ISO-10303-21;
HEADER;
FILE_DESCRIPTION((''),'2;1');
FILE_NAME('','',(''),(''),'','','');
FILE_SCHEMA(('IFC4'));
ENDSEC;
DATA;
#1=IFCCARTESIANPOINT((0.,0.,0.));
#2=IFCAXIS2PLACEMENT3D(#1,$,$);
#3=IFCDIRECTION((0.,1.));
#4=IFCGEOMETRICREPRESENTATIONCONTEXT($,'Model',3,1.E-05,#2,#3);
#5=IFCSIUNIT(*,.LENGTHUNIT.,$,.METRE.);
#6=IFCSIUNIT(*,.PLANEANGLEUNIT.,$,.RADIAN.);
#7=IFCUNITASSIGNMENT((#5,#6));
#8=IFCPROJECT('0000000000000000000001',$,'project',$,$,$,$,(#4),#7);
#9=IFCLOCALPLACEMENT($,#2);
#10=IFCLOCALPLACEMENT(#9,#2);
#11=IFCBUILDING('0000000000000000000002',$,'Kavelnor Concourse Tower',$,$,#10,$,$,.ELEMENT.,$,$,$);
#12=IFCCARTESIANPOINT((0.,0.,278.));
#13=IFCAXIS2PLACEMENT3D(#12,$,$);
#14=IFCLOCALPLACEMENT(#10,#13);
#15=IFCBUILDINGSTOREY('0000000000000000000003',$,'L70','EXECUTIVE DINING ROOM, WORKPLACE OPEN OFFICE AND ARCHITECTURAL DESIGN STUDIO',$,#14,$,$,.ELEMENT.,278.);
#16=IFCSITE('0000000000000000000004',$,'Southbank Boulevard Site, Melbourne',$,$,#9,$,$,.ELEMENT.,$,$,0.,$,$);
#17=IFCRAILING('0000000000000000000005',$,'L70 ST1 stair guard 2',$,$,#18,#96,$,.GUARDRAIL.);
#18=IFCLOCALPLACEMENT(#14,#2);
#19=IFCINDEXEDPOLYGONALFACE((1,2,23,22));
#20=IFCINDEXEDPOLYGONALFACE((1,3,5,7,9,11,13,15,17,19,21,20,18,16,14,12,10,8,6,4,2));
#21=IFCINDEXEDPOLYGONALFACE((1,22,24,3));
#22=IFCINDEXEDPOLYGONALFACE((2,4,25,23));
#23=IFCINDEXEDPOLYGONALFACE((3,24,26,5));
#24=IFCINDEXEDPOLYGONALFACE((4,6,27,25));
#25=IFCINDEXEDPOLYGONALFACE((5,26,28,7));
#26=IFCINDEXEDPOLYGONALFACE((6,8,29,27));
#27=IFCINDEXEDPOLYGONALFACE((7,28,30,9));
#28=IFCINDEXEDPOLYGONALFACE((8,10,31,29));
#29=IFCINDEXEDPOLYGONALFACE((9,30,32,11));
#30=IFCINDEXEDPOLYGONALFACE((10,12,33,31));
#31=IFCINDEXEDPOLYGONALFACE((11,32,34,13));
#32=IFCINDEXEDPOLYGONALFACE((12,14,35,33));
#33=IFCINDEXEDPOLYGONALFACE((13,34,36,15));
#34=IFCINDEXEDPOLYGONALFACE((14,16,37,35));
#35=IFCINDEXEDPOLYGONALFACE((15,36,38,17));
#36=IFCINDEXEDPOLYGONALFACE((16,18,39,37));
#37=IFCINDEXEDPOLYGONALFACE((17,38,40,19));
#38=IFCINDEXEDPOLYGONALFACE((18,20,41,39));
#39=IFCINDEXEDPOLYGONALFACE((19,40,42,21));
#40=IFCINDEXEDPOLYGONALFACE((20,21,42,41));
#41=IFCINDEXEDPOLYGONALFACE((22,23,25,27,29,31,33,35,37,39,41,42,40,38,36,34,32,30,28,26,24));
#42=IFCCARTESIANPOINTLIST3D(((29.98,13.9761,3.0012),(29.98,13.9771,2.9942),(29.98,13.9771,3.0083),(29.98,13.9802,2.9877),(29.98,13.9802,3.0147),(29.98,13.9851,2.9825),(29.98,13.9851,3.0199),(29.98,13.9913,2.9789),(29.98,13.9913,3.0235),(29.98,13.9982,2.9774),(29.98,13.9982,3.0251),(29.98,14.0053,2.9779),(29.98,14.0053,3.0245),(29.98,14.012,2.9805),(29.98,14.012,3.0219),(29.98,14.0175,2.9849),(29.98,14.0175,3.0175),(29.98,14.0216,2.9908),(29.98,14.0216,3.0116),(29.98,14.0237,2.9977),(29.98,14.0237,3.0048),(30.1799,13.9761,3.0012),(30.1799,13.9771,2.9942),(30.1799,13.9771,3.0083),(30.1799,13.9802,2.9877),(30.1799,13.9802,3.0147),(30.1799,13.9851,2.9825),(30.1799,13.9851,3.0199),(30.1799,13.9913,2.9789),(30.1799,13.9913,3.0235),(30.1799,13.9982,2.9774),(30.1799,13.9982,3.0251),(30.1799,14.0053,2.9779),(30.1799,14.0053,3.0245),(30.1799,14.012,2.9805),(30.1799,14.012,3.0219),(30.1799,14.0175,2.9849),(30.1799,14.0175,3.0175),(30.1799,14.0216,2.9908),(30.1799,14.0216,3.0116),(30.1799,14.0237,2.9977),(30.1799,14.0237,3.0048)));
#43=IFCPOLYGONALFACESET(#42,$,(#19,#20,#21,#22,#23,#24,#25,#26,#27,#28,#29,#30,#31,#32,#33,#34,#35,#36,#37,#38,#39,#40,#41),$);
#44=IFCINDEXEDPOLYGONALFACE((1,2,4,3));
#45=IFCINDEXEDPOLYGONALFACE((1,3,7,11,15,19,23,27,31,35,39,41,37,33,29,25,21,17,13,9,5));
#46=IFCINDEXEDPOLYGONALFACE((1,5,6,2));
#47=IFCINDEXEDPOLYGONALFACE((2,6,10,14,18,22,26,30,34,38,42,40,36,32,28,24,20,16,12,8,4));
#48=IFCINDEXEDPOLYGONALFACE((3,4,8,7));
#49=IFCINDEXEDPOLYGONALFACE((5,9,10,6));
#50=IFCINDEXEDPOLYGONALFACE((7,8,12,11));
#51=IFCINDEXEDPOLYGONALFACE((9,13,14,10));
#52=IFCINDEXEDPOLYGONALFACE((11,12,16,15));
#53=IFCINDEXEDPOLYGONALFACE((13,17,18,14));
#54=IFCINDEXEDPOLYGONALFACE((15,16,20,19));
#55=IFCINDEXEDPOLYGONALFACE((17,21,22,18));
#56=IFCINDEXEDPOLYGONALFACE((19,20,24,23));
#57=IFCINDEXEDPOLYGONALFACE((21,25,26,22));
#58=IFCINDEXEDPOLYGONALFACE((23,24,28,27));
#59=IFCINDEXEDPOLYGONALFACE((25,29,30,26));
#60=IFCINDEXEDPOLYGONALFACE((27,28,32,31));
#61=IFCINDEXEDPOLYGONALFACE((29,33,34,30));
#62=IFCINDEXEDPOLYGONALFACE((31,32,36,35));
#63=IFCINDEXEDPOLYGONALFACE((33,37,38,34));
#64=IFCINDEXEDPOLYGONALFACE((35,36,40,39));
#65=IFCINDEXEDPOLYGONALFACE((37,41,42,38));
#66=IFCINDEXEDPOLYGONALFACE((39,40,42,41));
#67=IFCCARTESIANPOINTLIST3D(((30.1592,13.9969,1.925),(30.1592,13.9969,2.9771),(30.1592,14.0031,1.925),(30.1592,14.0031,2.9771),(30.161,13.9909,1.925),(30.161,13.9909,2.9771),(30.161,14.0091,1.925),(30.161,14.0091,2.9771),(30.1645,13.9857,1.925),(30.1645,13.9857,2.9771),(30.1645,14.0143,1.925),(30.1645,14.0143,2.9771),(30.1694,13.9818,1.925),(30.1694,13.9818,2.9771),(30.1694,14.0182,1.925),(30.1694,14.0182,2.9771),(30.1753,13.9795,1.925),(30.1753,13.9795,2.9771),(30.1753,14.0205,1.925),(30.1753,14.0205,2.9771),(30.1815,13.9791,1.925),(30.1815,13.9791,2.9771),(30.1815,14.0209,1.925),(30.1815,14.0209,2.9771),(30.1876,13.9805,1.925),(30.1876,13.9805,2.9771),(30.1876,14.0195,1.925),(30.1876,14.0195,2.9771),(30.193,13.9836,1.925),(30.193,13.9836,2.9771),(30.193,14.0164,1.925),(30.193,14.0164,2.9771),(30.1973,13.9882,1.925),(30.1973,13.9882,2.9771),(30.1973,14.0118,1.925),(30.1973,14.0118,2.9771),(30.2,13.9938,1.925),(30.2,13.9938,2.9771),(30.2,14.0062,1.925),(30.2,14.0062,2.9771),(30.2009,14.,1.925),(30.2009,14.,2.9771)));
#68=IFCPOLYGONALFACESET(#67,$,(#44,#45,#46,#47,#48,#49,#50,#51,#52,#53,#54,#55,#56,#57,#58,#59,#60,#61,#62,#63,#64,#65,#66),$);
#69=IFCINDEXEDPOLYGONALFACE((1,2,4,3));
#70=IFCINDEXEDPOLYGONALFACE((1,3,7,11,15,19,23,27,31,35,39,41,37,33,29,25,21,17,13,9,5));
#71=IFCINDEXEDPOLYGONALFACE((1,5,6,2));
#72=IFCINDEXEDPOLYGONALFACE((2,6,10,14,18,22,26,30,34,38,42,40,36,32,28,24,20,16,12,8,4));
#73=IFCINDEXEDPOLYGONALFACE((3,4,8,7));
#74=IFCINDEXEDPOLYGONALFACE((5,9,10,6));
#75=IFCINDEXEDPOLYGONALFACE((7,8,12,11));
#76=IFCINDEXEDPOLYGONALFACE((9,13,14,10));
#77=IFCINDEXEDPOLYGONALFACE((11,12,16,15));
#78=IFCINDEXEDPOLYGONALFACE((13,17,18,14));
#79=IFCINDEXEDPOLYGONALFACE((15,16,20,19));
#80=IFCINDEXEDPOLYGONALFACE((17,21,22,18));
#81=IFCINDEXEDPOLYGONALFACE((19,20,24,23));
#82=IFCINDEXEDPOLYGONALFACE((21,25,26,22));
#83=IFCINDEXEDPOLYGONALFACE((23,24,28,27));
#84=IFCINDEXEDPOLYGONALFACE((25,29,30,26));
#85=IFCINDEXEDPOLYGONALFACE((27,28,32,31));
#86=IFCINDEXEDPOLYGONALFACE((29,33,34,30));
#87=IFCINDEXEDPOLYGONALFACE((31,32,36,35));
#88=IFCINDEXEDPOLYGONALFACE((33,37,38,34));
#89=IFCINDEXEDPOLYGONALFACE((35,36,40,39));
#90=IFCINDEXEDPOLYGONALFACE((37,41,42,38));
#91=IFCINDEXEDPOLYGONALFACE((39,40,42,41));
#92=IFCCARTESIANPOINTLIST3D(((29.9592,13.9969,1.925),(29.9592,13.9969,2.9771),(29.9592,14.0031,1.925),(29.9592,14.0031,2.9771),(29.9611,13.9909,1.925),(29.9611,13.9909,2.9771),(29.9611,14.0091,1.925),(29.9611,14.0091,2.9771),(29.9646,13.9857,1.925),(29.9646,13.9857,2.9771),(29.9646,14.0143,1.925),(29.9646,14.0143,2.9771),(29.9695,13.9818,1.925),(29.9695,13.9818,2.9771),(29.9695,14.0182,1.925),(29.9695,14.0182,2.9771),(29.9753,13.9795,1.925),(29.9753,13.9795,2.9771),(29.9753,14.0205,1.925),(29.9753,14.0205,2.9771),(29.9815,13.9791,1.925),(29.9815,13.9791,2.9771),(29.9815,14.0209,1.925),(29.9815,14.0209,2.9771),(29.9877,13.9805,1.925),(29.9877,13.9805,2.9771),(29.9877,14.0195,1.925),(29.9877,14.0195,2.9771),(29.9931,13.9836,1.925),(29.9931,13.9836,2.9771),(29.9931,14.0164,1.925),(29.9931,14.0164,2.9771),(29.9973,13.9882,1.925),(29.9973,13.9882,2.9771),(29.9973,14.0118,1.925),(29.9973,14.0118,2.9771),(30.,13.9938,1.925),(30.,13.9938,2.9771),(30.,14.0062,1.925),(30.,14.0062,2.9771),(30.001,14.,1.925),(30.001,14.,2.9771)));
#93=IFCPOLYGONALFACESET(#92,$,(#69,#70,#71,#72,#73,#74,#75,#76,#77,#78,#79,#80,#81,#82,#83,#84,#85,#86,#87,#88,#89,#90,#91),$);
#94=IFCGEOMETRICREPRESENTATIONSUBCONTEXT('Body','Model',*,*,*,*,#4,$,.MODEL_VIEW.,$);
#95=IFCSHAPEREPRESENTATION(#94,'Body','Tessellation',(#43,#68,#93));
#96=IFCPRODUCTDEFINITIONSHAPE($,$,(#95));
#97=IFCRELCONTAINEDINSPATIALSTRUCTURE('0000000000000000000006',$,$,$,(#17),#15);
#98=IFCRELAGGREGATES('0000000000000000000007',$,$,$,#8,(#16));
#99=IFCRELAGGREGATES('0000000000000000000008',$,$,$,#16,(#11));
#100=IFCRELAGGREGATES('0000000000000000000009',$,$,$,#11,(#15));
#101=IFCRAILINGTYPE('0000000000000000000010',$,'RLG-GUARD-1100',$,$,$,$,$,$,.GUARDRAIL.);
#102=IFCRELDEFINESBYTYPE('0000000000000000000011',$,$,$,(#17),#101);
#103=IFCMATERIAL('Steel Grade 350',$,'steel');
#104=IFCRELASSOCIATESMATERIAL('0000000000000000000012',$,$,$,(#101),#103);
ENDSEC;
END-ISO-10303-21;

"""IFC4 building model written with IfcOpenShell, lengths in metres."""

from ifc_helpers import new_model, si_unit, direction, frame, origin, origin_2d, place, context, subcontext, project, spatial, circle, extrude, material, type_object, element, save


model = new_model("IFC4")

# Units and contexts
model_context = context("Model", 3, precision=1e-05, world=origin(), true_north=direction((0.0, 1.0)))
body_context = subcontext(model_context, "Body", "Model", "MODEL_VIEW")
ifc_project = project(units=[si_unit("LENGTHUNIT", "METRE"), si_unit("PLANEANGLEUNIT", "RADIAN")], contexts=[model_context])

# Site, building, storey
site_placement = place(None, origin())
site = spatial("IfcSite", under=ifc_project, at=site_placement, Name="Southbank Boulevard Site, Melbourne", CompositionType="ELEMENT", RefElevation=0.0)
building_placement = place(site_placement, origin())
building = spatial("IfcBuilding", under=site, at=building_placement, Name="Kavelnor Concourse Tower", CompositionType="ELEMENT")
storey_placement = place(building_placement, frame((0.0, 0.0, 278.0)))
storey = spatial("IfcBuildingStorey", under=building, at=storey_placement, Name="L70", Description="EXECUTIVE DINING ROOM, WORKPLACE OPEN OFFICE AND ARCHITECTURAL DESIGN STUDIO", CompositionType="ELEMENT", Elevation=278.0)

# Shared definitions
ifc_material_1 = material(Name="Steel Grade 350", Category="steel")

# Railing
railing_type_1 = type_object("IfcRailingType", Name="RLG-GUARD-1100", PredefinedType="GUARDRAIL", material=ifc_material_1)
railing_1_placement = place(storey_placement, frame((30.1799, 14.0, 1.925)))
element("IfcRailing", 1, at=railing_1_placement, inside=storey, type_object=railing_type_1, Name="L70 ST1 stair guard 2", PredefinedType="GUARDRAIL", context=body_context, shape_type="SweptSolid", body=[
    extrude(circle(Radius=0.0239, at=origin_2d()), frame((0.0, 0.0, 1.0762), z_axis=(-1.0, 0.0, 0.0), x_axis=(0.0, -1.0, 0.0)), (0.0, 0.0, 1.0), 0.2),
    extrude(circle(Radius=0.021, at=origin_2d()), origin(), (0.0, 0.0, 1.0), 1.052),
    extrude(circle(Radius=0.021, at=origin_2d()), frame((-0.2, 0.0, 0.0)), (0.0, 0.0, 1.0), 1.052),
])

save(model, "model.ifc")
